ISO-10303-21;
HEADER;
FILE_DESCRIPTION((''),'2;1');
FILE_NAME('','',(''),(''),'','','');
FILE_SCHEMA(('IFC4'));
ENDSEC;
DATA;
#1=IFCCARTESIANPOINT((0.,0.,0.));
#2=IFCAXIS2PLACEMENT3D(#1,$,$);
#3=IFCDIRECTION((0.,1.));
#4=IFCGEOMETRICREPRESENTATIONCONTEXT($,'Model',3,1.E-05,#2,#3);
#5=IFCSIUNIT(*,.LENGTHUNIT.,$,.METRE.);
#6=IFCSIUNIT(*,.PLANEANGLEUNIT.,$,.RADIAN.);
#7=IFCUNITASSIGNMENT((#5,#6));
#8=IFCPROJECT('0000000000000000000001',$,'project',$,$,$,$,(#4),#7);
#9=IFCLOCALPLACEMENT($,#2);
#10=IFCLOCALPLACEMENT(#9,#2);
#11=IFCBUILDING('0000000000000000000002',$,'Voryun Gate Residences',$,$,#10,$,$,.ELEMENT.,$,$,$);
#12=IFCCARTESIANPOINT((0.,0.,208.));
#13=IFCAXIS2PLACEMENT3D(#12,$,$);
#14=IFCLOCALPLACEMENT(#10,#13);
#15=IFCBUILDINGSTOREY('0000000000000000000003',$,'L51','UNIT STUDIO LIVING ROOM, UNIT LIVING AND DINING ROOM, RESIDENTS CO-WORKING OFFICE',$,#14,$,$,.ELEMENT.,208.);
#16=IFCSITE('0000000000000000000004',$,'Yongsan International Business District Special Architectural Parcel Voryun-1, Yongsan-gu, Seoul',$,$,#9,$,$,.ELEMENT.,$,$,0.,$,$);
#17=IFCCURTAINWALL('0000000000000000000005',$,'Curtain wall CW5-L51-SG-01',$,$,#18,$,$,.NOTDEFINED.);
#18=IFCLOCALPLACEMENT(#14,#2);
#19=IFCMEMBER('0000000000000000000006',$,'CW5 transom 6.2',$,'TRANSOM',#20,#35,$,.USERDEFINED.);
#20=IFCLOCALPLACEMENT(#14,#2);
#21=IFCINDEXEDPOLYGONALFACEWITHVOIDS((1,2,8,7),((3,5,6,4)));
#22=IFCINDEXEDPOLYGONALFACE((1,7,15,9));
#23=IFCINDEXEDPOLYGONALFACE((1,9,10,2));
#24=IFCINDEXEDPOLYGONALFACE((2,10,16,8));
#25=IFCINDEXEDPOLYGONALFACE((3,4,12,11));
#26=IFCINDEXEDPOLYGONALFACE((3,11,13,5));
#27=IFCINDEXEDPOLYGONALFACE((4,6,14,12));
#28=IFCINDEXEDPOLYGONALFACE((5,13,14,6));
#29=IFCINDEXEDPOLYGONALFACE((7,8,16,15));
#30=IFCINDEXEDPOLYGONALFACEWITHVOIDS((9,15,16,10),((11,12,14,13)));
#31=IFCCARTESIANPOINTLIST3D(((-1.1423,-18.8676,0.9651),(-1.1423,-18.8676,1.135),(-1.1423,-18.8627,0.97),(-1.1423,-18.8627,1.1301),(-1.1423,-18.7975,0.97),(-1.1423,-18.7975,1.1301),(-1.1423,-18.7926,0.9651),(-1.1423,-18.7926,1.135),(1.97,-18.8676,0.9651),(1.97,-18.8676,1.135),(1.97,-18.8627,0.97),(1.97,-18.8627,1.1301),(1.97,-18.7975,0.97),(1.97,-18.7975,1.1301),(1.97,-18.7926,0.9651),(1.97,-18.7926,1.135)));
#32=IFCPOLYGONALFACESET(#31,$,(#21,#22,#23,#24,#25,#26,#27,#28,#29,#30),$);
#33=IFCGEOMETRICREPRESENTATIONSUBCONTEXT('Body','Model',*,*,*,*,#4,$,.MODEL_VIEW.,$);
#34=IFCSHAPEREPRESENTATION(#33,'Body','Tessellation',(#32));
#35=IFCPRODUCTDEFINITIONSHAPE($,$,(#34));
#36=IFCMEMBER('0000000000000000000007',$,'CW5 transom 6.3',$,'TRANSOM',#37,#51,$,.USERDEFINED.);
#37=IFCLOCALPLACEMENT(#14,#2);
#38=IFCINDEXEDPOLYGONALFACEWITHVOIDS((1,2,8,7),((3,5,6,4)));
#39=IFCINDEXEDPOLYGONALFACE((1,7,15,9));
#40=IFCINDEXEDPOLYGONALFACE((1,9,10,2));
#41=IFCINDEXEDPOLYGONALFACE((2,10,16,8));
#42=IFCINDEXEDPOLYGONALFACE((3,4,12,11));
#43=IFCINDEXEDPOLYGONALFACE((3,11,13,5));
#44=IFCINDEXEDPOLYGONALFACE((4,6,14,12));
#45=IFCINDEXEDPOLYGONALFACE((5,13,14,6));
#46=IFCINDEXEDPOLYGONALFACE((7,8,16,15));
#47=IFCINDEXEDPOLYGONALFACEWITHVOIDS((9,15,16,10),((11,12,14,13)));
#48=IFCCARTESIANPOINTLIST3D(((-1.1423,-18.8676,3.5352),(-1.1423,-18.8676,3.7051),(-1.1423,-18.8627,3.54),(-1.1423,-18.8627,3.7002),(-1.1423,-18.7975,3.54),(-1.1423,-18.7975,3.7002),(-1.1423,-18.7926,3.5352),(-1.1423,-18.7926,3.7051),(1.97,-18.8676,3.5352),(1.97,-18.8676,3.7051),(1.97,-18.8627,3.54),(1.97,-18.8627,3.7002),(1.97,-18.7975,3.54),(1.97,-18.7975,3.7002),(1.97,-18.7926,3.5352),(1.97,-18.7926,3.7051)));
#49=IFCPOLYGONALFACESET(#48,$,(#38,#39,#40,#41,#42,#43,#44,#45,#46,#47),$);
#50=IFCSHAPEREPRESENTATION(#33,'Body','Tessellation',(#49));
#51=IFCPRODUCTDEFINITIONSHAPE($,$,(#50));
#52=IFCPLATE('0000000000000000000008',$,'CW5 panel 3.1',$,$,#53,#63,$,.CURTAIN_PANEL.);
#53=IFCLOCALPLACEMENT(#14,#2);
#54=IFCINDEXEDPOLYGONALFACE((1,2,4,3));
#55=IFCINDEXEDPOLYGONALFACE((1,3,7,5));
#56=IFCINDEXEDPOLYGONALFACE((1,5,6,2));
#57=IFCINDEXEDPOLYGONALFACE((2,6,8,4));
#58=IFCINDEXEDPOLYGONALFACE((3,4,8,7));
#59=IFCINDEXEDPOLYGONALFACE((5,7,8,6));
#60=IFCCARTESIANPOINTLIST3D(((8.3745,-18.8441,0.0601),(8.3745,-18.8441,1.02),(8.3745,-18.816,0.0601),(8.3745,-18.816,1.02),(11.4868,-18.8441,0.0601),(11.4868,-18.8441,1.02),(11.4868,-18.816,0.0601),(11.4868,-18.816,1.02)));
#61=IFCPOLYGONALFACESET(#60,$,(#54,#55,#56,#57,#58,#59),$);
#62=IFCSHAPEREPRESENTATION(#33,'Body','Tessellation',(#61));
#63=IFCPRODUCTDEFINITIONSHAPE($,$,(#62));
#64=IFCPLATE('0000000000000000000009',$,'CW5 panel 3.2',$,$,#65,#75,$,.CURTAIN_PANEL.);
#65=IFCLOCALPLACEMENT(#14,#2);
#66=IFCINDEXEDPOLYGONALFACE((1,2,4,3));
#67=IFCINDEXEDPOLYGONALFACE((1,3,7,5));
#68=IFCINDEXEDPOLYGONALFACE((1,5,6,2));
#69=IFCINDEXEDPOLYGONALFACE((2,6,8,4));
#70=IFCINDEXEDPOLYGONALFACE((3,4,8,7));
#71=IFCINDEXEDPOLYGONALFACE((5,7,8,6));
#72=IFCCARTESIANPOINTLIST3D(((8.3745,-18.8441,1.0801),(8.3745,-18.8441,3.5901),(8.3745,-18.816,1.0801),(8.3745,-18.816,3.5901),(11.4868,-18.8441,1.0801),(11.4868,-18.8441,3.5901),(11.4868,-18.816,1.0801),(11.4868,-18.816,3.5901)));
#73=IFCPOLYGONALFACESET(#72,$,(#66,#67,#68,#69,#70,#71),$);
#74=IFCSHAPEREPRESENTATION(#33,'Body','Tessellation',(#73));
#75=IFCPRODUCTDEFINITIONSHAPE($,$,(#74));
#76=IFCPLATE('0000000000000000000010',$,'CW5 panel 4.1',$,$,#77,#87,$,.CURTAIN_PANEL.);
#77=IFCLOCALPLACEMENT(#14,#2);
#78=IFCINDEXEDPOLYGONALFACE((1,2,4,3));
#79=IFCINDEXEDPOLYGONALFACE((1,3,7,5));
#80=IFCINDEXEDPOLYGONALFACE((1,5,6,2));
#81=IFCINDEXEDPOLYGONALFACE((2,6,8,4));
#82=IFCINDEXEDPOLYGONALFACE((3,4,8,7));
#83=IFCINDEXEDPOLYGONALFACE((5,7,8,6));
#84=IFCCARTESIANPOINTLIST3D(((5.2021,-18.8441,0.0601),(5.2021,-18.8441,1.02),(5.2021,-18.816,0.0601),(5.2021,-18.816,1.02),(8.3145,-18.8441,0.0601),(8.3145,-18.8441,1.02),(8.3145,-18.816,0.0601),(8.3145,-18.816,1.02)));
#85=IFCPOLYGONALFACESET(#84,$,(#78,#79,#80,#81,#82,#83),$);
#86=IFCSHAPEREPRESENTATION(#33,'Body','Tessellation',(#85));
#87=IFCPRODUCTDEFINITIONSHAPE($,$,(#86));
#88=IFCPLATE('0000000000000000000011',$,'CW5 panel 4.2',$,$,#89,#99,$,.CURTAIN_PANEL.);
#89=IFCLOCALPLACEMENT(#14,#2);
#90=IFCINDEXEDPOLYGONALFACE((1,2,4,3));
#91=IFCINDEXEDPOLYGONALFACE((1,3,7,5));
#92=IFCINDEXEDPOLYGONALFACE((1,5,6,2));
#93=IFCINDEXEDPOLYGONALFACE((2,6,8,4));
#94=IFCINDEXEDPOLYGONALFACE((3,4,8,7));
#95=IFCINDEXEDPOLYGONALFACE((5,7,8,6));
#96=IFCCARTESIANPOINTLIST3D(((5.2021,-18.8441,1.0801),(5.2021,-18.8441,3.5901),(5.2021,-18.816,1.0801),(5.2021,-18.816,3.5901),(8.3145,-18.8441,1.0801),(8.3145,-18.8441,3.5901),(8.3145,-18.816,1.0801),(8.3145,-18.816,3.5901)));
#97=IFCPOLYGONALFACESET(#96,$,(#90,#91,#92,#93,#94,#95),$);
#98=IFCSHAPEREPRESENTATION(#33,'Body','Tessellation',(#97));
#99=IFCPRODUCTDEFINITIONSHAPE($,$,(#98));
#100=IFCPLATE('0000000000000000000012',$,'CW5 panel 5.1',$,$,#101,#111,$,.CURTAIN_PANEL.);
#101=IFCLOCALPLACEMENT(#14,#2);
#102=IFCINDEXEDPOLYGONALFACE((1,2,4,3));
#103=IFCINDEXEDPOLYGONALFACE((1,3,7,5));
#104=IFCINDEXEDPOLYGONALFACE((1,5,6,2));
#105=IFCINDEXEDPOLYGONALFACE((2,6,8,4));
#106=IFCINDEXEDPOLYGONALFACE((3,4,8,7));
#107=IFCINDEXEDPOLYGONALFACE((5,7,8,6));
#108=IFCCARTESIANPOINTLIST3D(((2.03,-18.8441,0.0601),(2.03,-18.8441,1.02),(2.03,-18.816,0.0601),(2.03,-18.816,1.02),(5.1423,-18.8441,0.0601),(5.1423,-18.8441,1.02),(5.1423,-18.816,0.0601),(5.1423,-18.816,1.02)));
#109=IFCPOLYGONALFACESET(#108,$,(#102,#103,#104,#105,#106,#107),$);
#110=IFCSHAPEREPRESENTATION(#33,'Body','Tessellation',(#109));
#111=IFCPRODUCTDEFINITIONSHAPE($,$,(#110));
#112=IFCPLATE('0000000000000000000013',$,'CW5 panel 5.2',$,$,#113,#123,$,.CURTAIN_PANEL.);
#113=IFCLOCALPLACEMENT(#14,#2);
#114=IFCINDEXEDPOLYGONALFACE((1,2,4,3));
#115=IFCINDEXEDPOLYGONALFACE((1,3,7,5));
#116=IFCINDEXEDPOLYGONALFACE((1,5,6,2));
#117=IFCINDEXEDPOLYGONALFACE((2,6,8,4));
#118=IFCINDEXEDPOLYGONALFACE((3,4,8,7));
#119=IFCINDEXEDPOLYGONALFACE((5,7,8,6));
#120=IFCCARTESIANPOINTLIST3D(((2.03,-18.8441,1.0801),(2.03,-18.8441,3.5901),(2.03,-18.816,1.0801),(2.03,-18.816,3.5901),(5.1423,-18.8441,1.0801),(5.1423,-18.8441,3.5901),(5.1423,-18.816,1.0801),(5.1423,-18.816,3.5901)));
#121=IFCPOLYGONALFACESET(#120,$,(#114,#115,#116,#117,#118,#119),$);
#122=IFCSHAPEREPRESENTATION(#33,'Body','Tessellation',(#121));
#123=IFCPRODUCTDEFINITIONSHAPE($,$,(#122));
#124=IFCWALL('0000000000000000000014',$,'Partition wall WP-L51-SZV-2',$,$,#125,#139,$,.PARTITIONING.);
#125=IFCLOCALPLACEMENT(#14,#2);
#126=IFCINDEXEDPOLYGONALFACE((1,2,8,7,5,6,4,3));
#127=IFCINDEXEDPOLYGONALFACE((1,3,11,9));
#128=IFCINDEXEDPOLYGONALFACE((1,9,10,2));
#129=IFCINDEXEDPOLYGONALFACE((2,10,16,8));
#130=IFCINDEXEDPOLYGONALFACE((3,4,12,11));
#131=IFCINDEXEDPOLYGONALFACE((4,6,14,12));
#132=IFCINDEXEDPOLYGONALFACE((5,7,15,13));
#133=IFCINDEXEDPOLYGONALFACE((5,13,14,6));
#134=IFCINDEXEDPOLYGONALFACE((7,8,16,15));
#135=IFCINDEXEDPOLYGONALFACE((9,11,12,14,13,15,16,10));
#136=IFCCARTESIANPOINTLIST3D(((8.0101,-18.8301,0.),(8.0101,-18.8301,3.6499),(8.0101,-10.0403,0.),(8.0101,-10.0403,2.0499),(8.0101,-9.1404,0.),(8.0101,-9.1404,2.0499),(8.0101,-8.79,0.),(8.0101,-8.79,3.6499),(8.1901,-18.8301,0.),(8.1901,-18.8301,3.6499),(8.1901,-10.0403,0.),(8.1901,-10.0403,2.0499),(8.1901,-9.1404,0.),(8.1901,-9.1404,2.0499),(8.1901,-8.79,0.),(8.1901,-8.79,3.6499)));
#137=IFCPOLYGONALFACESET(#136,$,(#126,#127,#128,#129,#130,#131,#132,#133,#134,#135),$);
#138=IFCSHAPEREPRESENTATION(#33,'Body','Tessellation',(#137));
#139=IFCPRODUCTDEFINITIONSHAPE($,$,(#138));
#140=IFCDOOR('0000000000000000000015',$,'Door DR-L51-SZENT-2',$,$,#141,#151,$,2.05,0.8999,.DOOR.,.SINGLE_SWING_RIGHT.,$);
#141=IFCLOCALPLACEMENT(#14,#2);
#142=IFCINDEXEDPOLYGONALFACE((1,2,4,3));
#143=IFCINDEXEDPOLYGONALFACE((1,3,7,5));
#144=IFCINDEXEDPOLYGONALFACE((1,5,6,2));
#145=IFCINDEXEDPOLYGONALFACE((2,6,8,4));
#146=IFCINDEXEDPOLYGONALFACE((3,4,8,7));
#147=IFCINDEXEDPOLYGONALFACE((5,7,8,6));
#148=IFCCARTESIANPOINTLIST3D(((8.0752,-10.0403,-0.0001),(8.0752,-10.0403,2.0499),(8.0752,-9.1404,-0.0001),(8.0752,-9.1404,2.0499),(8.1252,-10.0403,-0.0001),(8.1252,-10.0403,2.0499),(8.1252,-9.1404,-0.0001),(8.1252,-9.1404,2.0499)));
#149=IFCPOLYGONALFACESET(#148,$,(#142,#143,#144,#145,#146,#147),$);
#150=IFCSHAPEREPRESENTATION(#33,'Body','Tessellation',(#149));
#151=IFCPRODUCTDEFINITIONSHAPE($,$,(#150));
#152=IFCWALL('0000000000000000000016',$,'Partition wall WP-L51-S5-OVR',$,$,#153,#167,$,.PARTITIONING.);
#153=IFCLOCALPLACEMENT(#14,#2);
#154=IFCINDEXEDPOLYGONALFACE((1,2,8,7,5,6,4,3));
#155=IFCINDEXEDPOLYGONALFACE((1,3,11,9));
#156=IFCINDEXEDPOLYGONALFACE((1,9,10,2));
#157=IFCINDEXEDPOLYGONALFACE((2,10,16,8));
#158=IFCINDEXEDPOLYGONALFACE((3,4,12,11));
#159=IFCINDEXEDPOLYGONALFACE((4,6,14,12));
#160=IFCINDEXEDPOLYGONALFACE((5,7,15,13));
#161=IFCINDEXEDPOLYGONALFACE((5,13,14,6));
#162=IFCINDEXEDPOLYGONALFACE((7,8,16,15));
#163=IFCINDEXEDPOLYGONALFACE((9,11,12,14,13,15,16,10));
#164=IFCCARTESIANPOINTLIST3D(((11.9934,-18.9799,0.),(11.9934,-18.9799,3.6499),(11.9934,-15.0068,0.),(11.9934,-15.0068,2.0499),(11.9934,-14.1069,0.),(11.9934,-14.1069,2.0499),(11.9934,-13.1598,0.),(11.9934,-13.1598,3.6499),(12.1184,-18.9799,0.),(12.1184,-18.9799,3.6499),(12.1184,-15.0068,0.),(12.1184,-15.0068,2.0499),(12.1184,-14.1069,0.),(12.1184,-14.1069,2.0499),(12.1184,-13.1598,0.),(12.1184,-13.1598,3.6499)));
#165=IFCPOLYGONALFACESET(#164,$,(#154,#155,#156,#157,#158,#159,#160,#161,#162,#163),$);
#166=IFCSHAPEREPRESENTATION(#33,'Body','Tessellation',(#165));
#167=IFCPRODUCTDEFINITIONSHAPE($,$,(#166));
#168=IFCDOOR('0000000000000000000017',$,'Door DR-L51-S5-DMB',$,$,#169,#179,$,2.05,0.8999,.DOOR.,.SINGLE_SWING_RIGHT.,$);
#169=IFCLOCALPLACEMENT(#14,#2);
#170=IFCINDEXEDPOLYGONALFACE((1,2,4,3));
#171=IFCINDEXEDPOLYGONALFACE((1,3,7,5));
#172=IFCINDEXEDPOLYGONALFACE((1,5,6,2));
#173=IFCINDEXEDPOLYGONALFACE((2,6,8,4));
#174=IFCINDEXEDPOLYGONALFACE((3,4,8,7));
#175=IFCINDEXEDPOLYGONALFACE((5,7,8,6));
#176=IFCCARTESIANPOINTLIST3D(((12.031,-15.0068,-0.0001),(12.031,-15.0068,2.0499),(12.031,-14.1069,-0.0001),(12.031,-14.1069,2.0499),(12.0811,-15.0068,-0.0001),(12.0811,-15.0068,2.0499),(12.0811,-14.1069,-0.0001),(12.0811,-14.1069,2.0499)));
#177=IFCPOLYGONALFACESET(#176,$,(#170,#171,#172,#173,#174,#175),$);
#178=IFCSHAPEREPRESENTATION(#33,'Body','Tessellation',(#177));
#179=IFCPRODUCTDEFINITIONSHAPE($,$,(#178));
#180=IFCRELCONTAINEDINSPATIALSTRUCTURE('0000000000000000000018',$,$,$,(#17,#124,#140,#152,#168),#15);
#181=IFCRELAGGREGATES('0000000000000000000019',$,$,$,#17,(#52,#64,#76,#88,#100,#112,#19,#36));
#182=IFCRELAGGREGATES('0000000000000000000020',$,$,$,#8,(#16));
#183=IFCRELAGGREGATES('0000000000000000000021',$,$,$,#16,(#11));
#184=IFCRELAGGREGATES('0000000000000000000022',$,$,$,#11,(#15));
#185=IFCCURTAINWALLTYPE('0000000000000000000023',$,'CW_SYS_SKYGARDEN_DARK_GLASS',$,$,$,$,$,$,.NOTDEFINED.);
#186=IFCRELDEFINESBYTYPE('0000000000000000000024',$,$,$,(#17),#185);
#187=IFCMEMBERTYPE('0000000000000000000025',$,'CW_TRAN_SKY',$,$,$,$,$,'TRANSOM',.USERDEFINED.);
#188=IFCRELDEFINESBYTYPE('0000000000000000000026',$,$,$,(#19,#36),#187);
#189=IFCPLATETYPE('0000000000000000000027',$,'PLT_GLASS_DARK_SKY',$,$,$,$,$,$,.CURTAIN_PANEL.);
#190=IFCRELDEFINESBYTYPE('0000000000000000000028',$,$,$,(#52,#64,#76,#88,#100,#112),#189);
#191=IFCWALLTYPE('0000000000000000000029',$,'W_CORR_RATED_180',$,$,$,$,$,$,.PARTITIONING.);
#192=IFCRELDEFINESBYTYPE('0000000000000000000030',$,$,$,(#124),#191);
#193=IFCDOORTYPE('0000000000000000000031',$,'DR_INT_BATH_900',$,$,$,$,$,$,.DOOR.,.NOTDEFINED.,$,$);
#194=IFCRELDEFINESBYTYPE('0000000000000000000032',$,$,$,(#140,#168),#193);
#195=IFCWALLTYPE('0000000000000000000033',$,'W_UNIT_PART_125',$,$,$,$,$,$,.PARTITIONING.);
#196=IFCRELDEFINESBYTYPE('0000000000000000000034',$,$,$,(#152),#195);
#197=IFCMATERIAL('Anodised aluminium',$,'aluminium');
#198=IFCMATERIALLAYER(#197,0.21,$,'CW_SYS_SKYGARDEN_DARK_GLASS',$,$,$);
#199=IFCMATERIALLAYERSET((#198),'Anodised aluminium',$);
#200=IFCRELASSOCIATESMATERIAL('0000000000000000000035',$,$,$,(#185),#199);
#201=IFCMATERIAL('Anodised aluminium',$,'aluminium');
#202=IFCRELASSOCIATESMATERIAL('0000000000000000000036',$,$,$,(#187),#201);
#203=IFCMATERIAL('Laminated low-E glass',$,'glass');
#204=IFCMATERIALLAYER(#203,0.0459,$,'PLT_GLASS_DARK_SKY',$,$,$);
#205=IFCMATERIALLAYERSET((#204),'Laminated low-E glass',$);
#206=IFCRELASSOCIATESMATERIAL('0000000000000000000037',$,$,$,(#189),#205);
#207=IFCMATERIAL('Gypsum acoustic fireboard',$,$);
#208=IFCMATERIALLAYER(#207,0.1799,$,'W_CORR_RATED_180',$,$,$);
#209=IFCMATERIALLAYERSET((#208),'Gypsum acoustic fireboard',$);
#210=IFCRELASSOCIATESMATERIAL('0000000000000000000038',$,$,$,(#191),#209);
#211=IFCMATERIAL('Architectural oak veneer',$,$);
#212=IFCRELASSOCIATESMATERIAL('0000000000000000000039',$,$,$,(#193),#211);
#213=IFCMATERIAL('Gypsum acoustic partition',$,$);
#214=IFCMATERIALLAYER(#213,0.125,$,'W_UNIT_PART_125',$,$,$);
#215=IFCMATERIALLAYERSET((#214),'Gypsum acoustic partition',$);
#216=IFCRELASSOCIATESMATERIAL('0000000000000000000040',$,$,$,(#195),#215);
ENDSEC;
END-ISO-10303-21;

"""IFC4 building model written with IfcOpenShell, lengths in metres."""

from ifc_helpers import new_model, si_unit, direction, frame, frame_2d, origin, origin_2d, place, context, subcontext, project, spatial, rectangle, hollow_rectangle, extrude, material, layer, layer_set, material_profile, profile_set, type_object, element, fill, aggregate, save


model = new_model("IFC4")

# Units and contexts
model_context = context("Model", 3, precision=1e-05, world=origin(), true_north=direction((0.0, 1.0)))
body_context = subcontext(model_context, "Body", "Model", "MODEL_VIEW")
ifc_project = project(units=[si_unit("LENGTHUNIT", "METRE"), si_unit("PLANEANGLEUNIT", "RADIAN")], contexts=[model_context])

# Site, building, storey
site_placement = place(None, origin())
site = spatial("IfcSite", under=ifc_project, at=site_placement, Name="Yongsan International Business District Special Architectural Parcel Voryun-1, Yongsan-gu, Seoul", CompositionType="ELEMENT", RefElevation=0.0)
building_placement = place(site_placement, origin())
building = spatial("IfcBuilding", under=site, at=building_placement, Name="Voryun Gate Residences", CompositionType="ELEMENT")
storey_placement = place(building_placement, frame((0.0, 0.0, 208.0)))
storey = spatial("IfcBuildingStorey", under=building, at=storey_placement, Name="L51", Description="UNIT STUDIO LIVING ROOM, UNIT LIVING AND DINING ROOM, RESIDENTS CO-WORKING OFFICE", CompositionType="ELEMENT", Elevation=208.0)

# Curtain wall, members, plates
ifc_material_1 = material(Name="Anodised aluminium", Category="aluminium")
ifc_layer_1 = layer(ifc_material_1, 0.21, Name="CW_SYS_SKYGARDEN_DARK_GLASS")
ifc_layer_set_1 = layer_set([ifc_layer_1], Name="Anodised aluminium")
curtain_wall_type = type_object("IfcCurtainWallType", Name="CW_SYS_SKYGARDEN_DARK_GLASS", PredefinedType="NOTDEFINED", material=ifc_layer_set_1)
curtain_wall_placement = place(storey_placement, origin())
curtain_wall = element("IfcCurtainWall", 1, at=curtain_wall_placement, inside=storey, type_object=curtain_wall_type, Name="Curtain wall CW5-L51-SG-01", PredefinedType="NOTDEFINED")
ifc_material_2 = material(Name="Anodised aluminium", Category="aluminium")
ifc_material_profile_1 = material_profile(ifc_material_2, hollow_rectangle(XDim=0.075, YDim=0.1699, WallThickness=0.0049, at=origin_2d()), Name="ALU-TRAN-170x75x5")
ifc_profile_set_1 = profile_set([ifc_material_profile_1], Name="Anodised aluminium")
member_type_1 = type_object("IfcMemberType", Name="CW_TRAN_SKY", ElementType="TRANSOM", PredefinedType="USERDEFINED", material=ifc_profile_set_1)
member_1_placement = place(storey_placement, frame((1.97, -18.8301, 1.05), z_axis=(-1.0, 0.0, 0.0), x_axis=(0.0, -1.0, 0.0)))
member_1 = element("IfcMember", 2, at=member_1_placement, type_object=member_type_1, Name="CW5 transom 6.2", ObjectType="TRANSOM", PredefinedType="USERDEFINED", context=body_context, shape_type="SweptSolid", body=[
    extrude(hollow_rectangle(XDim=0.075, YDim=0.1699, WallThickness=0.0049, at=origin_2d()), origin(), (0.0, 0.0, 1.0), 3.1123),
])
member_2_placement = place(storey_placement, frame((1.97, -18.8301, 3.6201), z_axis=(-1.0, 0.0, 0.0), x_axis=(0.0, -1.0, 0.0)))
member_2 = element("IfcMember", 3, at=member_2_placement, type_object=member_type_1, Name="CW5 transom 6.3", ObjectType="TRANSOM", PredefinedType="USERDEFINED", context=body_context, shape_type="SweptSolid", body=[
    extrude(hollow_rectangle(XDim=0.075, YDim=0.1699, WallThickness=0.0049, at=origin_2d()), origin(), (0.0, 0.0, 1.0), 3.1123),
])
ifc_material_3 = material(Name="Laminated low-E glass", Category="glass")
ifc_layer_2 = layer(ifc_material_3, 0.0459, Name="PLT_GLASS_DARK_SKY")
ifc_layer_set_2 = layer_set([ifc_layer_2], Name="Laminated low-E glass")
plate_type = type_object("IfcPlateType", Name="PLT_GLASS_DARK_SKY", PredefinedType="CURTAIN_PANEL", material=ifc_layer_set_2)
plate_1_placement = place(storey_placement, frame((9.9307, -18.8301, 0.0601), z_axis=(0.0, 0.0, 1.0), x_axis=(-1.0, 0.0, 0.0)))
plate_1 = element("IfcPlate", 4, at=plate_1_placement, type_object=plate_type, Name="CW5 panel 3.1", PredefinedType="CURTAIN_PANEL", context=body_context, shape_type="SweptSolid", body=[
    extrude(rectangle(XDim=3.1123, YDim=0.0281, at=origin_2d()), origin(), (0.0, 0.0, 1.0), 0.96),
])
plate_2_placement = place(storey_placement, frame((9.9307, -18.8301, 1.0801), z_axis=(0.0, 0.0, 1.0), x_axis=(-1.0, 0.0, 0.0)))
plate_2 = element("IfcPlate", 5, at=plate_2_placement, type_object=plate_type, Name="CW5 panel 3.2", PredefinedType="CURTAIN_PANEL", context=body_context, shape_type="SweptSolid", body=[
    extrude(rectangle(XDim=3.1123, YDim=0.0281, at=origin_2d()), origin(), (0.0, 0.0, 1.0), 2.51),
])
plate_3_placement = place(storey_placement, frame((6.7583, -18.8301, 0.0601), z_axis=(0.0, 0.0, 1.0), x_axis=(-1.0, 0.0, 0.0)))
plate_3 = element("IfcPlate", 6, at=plate_3_placement, type_object=plate_type, Name="CW5 panel 4.1", PredefinedType="CURTAIN_PANEL", context=body_context, shape_type="SweptSolid", body=[
    extrude(rectangle(XDim=3.1123, YDim=0.0281, at=origin_2d()), origin(), (0.0, 0.0, 1.0), 0.96),
])
plate_4_placement = place(storey_placement, frame((6.7583, -18.8301, 1.0801), z_axis=(0.0, 0.0, 1.0), x_axis=(-1.0, 0.0, 0.0)))
plate_4 = element("IfcPlate", 7, at=plate_4_placement, type_object=plate_type, Name="CW5 panel 4.2", PredefinedType="CURTAIN_PANEL", context=body_context, shape_type="SweptSolid", body=[
    extrude(rectangle(XDim=3.1123, YDim=0.0281, at=origin_2d()), origin(), (0.0, 0.0, 1.0), 2.51),
])
plate_5_placement = place(storey_placement, frame((3.5862, -18.8301, 0.0601), z_axis=(0.0, 0.0, 1.0), x_axis=(-1.0, 0.0, 0.0)))
plate_5 = element("IfcPlate", 8, at=plate_5_placement, type_object=plate_type, Name="CW5 panel 5.1", PredefinedType="CURTAIN_PANEL", context=body_context, shape_type="SweptSolid", body=[
    extrude(rectangle(XDim=3.1123, YDim=0.0281, at=origin_2d()), origin(), (0.0, 0.0, 1.0), 0.96),
])
plate_6_placement = place(storey_placement, frame((3.5862, -18.8301, 1.0801), z_axis=(0.0, 0.0, 1.0), x_axis=(-1.0, 0.0, 0.0)))
plate_6 = element("IfcPlate", 9, at=plate_6_placement, type_object=plate_type, Name="CW5 panel 5.2", PredefinedType="CURTAIN_PANEL", context=body_context, shape_type="SweptSolid", body=[
    extrude(rectangle(XDim=3.1123, YDim=0.0281, at=origin_2d()), origin(), (0.0, 0.0, 1.0), 2.51),
])
aggregate(curtain_wall, [plate_1, plate_2, plate_3, plate_4, plate_5, plate_6, member_1, member_2])

# Walls, openings, doors
ifc_material_4 = material(Name="Gypsum acoustic fireboard")
ifc_layer_3 = layer(ifc_material_4, 0.1799, Name="W_CORR_RATED_180")
ifc_layer_set_3 = layer_set([ifc_layer_3], Name="Gypsum acoustic fireboard")
wall_type_1 = type_object("IfcWallType", Name="W_CORR_RATED_180", PredefinedType="PARTITIONING", material=ifc_layer_set_3)
wall_1_placement = place(storey_placement, frame((8.1001, -18.8301, 0.0), z_axis=(0.0, 0.0, 1.0), x_axis=(0.0, 1.0, 0.0)))
wall_1 = element("IfcWall", 10, at=wall_1_placement, inside=storey, type_object=wall_type_1, Name="Partition wall WP-L51-SZV-2", PredefinedType="PARTITIONING", context=body_context, shape_type="SweptSolid", body=[
    extrude(rectangle(XDim=10.04, YDim=0.1799, at=frame_2d((5.02, 0.0))), origin(), (0.0, 0.0, 1.0), 3.6499),
])
opening_1_placement = place(wall_1_placement, frame((8.7898, 0.0, 0.0)))
opening_1 = element("IfcOpeningElement", 11, at=opening_1_placement, cuts=wall_1, PredefinedType="OPENING", context=body_context, shape_type="SweptSolid", body=[
    extrude(rectangle(XDim=0.8999, YDim=2.05, at=frame_2d((0.45, 1.0249))), frame((0.0, 0.0999, 0.0), z_axis=(0.0, -1.0, 0.0), x_axis=(1.0, 0.0, 0.0)), (0.0, 0.0, 1.0), 0.2),
])
ifc_material_5 = material(Name="Architectural oak veneer")
door_type = type_object("IfcDoorType", Name="DR_INT_BATH_900", OperationType="NOTDEFINED", PredefinedType="DOOR", material=ifc_material_5)
door_1_placement = place(opening_1_placement, origin())
door_1 = element("IfcDoor", 12, at=door_1_placement, inside=storey, type_object=door_type, Name="Door DR-L51-SZENT-2", OperationType="SINGLE_SWING_RIGHT", OverallHeight=2.05, OverallWidth=0.8999, PredefinedType="DOOR", context=body_context, shape_type="SweptSolid", body=[
    extrude(rectangle(XDim=0.8999, YDim=2.05, at=frame_2d((0.45, 1.0249))), frame((0.0, 0.0249, 0.0), z_axis=(0.0, -1.0, 0.0), x_axis=(1.0, 0.0, 0.0)), (0.0, 0.0, 1.0), 0.05),
])
fill(opening_1, door_1)
ifc_material_6 = material(Name="Gypsum acoustic partition")
ifc_layer_4 = layer(ifc_material_6, 0.125, Name="W_UNIT_PART_125")
ifc_layer_set_4 = layer_set([ifc_layer_4], Name="Gypsum acoustic partition")
wall_type_2 = type_object("IfcWallType", Name="W_UNIT_PART_125", PredefinedType="PARTITIONING", material=ifc_layer_set_4)
wall_2_placement = place(storey_placement, frame((12.0559, -18.98, 0.0), z_axis=(0.0, 0.0, 1.0), x_axis=(0.0, 1.0, 0.0)))
wall_2 = element("IfcWall", 13, at=wall_2_placement, inside=storey, type_object=wall_type_2, Name="Partition wall WP-L51-S5-OVR", PredefinedType="PARTITIONING", context=body_context, shape_type="SweptSolid", body=[
    extrude(rectangle(XDim=5.8201, YDim=0.125, at=frame_2d((2.9102, 0.0))), origin(), (0.0, 0.0, 1.0), 3.6499),
])
opening_2_placement = place(wall_2_placement, frame((3.9731, 0.0, 0.0)))
opening_2 = element("IfcOpeningElement", 14, at=opening_2_placement, cuts=wall_2, PredefinedType="OPENING", context=body_context, shape_type="SweptSolid", body=[
    extrude(rectangle(XDim=0.8999, YDim=2.05, at=frame_2d((0.45, 1.0249))), frame((0.0, 0.0725, 0.0), z_axis=(0.0, -1.0, 0.0), x_axis=(1.0, 0.0, 0.0)), (0.0, 0.0, 1.0), 0.145),
])
door_2_placement = place(opening_2_placement, origin())
door_2 = element("IfcDoor", 15, at=door_2_placement, inside=storey, type_object=door_type, Name="Door DR-L51-S5-DMB", OperationType="SINGLE_SWING_RIGHT", OverallHeight=2.05, OverallWidth=0.8999, PredefinedType="DOOR", context=body_context, shape_type="SweptSolid", body=[
    extrude(rectangle(XDim=0.8999, YDim=2.05, at=frame_2d((0.45, 1.0249))), frame((0.0, 0.0249, 0.0), z_axis=(0.0, -1.0, 0.0), x_axis=(1.0, 0.0, 0.0)), (0.0, 0.0, 1.0), 0.05),
])
fill(opening_2, door_2)

save(model, "model.ifc")
